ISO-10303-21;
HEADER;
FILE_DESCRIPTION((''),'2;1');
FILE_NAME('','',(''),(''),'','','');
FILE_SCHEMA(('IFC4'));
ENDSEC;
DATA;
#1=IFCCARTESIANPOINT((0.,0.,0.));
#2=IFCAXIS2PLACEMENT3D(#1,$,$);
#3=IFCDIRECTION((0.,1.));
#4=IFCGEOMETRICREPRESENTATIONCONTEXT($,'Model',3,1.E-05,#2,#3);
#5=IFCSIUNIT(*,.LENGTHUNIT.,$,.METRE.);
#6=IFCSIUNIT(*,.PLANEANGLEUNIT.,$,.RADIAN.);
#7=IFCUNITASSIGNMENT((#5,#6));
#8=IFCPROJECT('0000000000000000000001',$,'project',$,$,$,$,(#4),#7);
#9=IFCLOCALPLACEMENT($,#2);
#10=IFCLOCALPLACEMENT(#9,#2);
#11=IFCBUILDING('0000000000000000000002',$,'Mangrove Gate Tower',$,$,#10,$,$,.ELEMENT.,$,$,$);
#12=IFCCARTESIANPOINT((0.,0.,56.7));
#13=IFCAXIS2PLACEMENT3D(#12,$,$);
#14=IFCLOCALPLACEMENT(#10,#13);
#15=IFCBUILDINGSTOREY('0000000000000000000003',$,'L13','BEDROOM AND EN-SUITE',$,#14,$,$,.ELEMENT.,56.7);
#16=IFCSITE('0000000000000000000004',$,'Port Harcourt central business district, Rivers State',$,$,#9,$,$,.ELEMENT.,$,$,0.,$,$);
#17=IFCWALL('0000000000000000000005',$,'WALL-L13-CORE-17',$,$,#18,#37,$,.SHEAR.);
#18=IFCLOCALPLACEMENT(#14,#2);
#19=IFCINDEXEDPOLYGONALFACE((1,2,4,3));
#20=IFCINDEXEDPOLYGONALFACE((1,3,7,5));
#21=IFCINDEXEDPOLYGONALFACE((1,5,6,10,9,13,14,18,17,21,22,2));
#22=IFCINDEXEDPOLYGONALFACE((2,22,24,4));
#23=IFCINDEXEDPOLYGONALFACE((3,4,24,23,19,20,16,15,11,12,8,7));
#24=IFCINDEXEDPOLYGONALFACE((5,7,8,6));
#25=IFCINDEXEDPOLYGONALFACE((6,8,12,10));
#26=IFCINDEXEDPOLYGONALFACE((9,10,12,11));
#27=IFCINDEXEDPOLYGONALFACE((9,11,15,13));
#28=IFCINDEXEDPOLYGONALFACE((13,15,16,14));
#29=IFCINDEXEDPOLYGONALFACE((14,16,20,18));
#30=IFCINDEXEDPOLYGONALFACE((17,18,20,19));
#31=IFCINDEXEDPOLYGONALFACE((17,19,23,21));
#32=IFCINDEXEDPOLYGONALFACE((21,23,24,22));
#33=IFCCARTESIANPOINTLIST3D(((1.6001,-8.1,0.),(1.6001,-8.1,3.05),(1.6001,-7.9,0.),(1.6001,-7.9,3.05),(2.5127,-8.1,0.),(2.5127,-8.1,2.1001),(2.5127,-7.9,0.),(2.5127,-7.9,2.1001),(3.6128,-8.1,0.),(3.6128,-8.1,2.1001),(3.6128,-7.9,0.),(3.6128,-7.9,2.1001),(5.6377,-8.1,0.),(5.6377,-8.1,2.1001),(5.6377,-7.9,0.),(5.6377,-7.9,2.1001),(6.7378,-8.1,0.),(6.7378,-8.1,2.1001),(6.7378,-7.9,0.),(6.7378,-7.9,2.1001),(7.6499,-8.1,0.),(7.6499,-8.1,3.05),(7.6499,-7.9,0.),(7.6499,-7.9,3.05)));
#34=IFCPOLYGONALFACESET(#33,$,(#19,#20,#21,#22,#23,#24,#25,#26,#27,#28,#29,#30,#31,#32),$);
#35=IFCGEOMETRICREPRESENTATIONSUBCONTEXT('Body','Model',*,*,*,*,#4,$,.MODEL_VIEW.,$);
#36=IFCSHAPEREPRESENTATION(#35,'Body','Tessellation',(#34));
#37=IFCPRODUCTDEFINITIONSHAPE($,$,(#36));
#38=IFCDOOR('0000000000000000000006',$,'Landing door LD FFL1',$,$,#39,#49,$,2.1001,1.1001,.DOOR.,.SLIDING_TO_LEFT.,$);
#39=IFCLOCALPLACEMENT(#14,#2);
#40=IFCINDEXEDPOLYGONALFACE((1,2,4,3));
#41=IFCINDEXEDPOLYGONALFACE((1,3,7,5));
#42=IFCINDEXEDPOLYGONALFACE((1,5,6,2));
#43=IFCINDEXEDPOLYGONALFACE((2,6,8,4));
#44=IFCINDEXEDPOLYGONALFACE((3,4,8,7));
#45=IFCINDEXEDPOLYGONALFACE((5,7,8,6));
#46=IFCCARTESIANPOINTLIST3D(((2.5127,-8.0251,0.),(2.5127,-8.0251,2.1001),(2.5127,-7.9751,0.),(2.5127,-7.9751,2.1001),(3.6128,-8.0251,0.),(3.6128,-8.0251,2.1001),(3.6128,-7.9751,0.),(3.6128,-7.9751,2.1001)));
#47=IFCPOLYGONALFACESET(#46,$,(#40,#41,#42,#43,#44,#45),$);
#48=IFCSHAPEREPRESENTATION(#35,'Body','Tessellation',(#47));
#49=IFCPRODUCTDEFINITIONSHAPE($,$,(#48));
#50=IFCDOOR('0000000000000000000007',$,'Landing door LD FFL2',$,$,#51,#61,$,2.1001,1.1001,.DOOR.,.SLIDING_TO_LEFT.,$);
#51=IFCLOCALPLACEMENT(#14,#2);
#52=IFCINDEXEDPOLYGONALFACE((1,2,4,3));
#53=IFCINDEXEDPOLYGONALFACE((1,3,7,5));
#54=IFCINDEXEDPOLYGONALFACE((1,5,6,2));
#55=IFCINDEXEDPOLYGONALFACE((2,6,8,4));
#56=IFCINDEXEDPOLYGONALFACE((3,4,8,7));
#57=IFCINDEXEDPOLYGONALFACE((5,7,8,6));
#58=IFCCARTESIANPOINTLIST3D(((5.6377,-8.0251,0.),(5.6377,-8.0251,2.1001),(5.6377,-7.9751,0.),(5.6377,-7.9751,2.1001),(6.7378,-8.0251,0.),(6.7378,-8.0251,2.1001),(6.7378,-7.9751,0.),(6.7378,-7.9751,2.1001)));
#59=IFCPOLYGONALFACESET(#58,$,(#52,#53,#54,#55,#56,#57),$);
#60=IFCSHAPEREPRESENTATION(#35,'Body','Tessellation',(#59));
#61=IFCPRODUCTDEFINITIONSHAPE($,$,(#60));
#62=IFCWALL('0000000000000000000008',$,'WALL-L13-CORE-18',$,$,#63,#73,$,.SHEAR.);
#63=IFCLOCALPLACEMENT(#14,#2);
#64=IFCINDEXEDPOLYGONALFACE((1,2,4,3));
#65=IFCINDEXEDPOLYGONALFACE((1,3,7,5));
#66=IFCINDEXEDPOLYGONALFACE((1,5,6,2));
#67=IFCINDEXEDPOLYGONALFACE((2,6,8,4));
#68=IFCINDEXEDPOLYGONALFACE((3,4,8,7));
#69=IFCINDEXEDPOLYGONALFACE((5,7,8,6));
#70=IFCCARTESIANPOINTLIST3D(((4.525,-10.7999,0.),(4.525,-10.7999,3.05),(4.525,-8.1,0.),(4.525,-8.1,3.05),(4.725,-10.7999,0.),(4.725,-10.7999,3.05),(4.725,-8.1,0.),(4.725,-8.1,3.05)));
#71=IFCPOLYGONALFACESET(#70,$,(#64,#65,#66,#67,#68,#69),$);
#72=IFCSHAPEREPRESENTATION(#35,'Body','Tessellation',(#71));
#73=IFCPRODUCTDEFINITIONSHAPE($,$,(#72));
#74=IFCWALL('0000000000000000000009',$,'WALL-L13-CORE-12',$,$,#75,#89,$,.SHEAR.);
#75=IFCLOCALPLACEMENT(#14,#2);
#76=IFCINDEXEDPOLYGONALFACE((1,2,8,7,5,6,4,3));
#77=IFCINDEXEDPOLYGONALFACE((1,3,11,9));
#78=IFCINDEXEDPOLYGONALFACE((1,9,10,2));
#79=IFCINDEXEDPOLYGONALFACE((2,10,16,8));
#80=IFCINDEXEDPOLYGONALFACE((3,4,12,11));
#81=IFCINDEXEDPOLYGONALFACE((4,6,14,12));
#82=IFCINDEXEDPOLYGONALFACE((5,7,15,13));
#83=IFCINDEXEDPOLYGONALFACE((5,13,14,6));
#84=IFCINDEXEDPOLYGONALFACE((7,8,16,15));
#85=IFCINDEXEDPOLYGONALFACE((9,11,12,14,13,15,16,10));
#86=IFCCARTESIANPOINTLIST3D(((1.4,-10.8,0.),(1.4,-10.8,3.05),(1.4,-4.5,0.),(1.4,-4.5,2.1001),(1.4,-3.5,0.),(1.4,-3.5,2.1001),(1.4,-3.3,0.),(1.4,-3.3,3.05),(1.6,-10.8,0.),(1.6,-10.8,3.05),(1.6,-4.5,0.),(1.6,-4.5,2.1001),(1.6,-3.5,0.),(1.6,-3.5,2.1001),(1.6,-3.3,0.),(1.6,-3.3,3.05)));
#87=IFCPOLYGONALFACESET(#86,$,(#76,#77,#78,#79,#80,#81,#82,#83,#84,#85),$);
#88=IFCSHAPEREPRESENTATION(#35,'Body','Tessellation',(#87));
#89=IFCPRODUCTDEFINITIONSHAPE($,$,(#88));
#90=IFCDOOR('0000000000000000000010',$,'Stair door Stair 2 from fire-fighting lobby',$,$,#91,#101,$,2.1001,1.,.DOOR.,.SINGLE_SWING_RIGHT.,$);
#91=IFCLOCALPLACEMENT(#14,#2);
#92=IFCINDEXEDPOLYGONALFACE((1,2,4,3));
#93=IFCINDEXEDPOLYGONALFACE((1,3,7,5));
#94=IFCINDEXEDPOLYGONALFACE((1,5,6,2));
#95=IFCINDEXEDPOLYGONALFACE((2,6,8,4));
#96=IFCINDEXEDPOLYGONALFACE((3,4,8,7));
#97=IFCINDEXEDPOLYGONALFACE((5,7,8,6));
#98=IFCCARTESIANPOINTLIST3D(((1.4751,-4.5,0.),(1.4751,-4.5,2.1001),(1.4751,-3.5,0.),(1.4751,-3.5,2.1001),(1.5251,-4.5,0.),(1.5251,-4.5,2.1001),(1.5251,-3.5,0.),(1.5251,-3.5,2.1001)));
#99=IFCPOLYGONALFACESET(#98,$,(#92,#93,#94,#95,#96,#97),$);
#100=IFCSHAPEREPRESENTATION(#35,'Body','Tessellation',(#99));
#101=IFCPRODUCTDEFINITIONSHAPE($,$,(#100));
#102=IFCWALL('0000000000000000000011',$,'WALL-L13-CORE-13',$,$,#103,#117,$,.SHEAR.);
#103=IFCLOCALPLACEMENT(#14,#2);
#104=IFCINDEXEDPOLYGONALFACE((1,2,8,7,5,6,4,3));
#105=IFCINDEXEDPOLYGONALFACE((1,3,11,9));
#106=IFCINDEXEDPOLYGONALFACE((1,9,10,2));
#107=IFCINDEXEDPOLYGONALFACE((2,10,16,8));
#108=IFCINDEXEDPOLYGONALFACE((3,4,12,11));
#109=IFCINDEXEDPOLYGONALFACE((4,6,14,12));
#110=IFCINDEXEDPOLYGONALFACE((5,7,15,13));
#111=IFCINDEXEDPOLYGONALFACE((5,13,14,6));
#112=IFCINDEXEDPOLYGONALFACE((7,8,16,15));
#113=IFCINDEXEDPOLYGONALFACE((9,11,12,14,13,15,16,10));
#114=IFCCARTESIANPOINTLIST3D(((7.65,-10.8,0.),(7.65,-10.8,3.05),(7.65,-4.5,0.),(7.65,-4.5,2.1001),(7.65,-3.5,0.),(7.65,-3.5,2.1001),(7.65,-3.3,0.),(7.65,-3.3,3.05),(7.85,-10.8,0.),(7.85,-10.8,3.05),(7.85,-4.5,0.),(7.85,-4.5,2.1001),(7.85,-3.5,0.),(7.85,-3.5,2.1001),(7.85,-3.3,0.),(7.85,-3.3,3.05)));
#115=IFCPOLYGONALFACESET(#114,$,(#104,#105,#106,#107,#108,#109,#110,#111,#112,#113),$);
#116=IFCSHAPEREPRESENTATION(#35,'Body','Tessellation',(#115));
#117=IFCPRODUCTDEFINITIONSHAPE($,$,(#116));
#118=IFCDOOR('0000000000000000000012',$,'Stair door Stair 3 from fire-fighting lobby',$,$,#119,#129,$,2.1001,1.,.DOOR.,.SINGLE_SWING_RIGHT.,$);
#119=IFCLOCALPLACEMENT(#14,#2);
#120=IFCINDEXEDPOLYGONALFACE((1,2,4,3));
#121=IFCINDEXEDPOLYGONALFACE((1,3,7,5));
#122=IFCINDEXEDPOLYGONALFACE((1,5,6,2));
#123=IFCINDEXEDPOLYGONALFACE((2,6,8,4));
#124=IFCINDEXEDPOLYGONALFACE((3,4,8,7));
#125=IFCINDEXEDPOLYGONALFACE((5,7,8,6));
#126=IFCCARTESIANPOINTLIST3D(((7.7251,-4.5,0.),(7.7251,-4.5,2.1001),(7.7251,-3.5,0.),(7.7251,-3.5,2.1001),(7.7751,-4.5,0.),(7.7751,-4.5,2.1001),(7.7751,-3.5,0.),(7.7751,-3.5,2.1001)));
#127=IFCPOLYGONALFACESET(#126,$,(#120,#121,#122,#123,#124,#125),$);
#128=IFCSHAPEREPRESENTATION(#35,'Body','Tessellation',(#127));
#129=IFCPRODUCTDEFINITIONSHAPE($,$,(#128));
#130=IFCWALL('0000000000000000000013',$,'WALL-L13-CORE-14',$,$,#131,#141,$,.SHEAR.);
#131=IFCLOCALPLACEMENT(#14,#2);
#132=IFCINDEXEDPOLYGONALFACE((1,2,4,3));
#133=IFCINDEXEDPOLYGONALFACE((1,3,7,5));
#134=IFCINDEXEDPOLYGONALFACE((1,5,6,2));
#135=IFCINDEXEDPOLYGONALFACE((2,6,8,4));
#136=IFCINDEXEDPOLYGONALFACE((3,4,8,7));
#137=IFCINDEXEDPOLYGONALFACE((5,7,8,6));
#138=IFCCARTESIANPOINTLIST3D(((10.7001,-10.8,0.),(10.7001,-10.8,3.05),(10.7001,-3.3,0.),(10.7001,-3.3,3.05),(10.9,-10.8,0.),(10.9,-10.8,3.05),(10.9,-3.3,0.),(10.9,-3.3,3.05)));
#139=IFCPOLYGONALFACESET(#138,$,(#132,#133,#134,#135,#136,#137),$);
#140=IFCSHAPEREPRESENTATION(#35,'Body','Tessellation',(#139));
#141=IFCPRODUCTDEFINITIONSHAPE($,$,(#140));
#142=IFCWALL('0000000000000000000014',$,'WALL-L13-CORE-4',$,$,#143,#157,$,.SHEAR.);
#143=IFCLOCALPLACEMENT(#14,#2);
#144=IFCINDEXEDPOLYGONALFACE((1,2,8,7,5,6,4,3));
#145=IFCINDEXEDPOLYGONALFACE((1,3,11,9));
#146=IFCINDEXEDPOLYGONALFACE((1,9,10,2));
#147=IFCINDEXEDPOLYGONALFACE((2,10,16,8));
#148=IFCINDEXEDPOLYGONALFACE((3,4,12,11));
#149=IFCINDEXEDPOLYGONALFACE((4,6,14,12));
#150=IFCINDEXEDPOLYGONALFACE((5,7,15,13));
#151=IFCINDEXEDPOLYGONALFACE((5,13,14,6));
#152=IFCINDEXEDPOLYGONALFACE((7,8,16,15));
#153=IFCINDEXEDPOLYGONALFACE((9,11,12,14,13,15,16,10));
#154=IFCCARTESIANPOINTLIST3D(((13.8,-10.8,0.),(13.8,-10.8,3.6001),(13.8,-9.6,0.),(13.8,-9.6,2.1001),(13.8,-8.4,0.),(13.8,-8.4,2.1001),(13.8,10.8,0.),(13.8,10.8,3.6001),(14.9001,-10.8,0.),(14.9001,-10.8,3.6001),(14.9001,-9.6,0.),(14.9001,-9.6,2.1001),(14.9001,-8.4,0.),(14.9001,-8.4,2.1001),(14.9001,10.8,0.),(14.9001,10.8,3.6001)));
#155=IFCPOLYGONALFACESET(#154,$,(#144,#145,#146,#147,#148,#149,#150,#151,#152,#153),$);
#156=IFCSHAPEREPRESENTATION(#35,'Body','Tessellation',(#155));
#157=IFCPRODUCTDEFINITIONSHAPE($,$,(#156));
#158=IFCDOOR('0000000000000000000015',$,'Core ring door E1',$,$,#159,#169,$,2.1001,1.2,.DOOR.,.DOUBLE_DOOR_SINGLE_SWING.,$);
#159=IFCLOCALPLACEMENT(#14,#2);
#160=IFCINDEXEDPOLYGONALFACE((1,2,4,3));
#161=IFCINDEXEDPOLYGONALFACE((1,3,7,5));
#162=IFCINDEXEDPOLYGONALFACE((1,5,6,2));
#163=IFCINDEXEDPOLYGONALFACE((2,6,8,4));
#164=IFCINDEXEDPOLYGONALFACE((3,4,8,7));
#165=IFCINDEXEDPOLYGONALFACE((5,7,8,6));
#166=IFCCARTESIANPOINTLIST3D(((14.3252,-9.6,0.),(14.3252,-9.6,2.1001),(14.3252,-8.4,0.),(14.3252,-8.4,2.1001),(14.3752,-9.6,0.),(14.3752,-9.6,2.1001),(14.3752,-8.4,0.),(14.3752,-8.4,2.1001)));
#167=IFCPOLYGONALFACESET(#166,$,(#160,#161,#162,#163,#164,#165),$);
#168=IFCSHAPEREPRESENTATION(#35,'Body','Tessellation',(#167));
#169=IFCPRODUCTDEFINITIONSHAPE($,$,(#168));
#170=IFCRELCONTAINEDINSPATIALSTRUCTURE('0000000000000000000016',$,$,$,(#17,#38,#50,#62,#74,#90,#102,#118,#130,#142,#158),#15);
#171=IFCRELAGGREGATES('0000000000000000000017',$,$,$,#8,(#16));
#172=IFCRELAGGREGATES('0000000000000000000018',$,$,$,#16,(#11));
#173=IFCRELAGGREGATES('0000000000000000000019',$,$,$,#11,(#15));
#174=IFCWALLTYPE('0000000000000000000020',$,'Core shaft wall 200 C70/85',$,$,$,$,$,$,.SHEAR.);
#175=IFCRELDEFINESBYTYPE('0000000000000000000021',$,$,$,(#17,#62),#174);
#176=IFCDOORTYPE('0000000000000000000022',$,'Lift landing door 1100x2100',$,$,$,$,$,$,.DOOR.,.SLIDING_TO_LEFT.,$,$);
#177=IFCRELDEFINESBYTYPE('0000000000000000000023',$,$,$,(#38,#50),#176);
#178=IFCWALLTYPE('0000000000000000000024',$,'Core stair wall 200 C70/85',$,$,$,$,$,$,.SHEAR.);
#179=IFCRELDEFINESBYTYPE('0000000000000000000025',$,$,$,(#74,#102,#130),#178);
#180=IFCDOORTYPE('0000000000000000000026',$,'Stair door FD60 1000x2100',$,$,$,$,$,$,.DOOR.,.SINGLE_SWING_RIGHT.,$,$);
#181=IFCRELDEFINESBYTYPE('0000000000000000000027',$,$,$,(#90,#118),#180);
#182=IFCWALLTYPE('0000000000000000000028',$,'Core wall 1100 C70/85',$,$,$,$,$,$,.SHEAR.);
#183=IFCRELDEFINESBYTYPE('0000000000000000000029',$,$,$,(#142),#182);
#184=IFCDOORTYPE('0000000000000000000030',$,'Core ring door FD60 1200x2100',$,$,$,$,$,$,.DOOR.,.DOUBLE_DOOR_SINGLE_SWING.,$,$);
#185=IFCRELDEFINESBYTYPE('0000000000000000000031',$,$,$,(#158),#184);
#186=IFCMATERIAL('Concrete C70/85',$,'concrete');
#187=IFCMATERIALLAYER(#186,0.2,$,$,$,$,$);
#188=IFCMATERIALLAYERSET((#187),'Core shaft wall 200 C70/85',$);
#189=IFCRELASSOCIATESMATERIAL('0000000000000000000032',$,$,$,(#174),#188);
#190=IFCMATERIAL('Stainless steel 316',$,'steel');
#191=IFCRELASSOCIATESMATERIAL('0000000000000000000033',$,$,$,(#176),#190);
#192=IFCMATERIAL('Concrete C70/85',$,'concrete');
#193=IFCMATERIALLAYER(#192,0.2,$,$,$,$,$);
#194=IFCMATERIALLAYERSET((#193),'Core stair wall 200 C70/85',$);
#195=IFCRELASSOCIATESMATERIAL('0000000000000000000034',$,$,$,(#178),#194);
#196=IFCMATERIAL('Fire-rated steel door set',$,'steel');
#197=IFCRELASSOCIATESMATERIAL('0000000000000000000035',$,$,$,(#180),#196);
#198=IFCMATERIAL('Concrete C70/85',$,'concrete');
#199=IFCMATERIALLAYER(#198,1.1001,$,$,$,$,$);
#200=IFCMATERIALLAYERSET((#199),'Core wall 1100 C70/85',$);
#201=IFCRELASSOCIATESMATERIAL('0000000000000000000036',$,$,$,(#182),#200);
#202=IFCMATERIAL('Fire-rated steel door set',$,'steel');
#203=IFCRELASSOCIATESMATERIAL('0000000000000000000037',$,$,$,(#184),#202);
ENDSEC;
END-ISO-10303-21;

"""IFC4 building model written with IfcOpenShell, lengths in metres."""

from ifc_helpers import new_model, si_unit, direction, frame, frame_2d, origin, place, context, subcontext, project, spatial, rectangle, extrude, material, layer, layer_set, type_object, element, fill, save


model = new_model("IFC4")

# Units and contexts
model_context = context("Model", 3, precision=1e-05, world=origin(), true_north=direction((0.0, 1.0)))
body_context = subcontext(model_context, "Body", "Model", "MODEL_VIEW")
ifc_project = project(units=[si_unit("LENGTHUNIT", "METRE"), si_unit("PLANEANGLEUNIT", "RADIAN")], contexts=[model_context])

# Site, building, storey
site_placement = place(None, origin())
site = spatial("IfcSite", under=ifc_project, at=site_placement, Name="Port Harcourt central business district, Rivers State", CompositionType="ELEMENT", RefElevation=0.0)
building_placement = place(site_placement, origin())
building = spatial("IfcBuilding", under=site, at=building_placement, Name="Mangrove Gate Tower", CompositionType="ELEMENT")
storey_placement = place(building_placement, frame((0.0, 0.0, 56.7)))
storey = spatial("IfcBuildingStorey", under=building, at=storey_placement, Name="L13", Description="BEDROOM AND EN-SUITE", CompositionType="ELEMENT", Elevation=56.7)

# Wall, openings, doors
ifc_material_1 = material(Name="Concrete C70/85", Category="concrete")
ifc_layer_1 = layer(ifc_material_1, 0.2)
ifc_layer_set_1 = layer_set([ifc_layer_1], Name="Core shaft wall 200 C70/85")
wall_type_1 = type_object("IfcWallType", Name="Core shaft wall 200 C70/85", PredefinedType="SHEAR", material=ifc_layer_set_1)
wall_1_placement = place(storey_placement, frame((1.6001, -8.0, 0.0), z_axis=(0.0, 0.0, 1.0), x_axis=(1.0, 0.0, 0.0)))
wall_1 = element("IfcWall", 1, at=wall_1_placement, inside=storey, type_object=wall_type_1, Name="WALL-L13-CORE-17", PredefinedType="SHEAR", context=body_context, shape_type="SweptSolid", body=[
    extrude(rectangle(XDim=6.0498, YDim=0.2, at=frame_2d((3.0249, 0.0))), origin(), (0.0, 0.0, 1.0), 3.05),
])
opening_1_placement = place(wall_1_placement, frame((0.9126, 0.0, 0.0)))
opening_1 = element("IfcOpeningElement", 2, at=opening_1_placement, cuts=wall_1, PredefinedType="OPENING", context=body_context, shape_type="SweptSolid", body=[
    extrude(rectangle(XDim=1.1001, YDim=2.1001, at=frame_2d((0.55, 1.05))), frame((0.0, 0.1099, 0.0), z_axis=(0.0, -1.0, 0.0), x_axis=(1.0, 0.0, 0.0)), (0.0, 0.0, 1.0), 0.22),
])
opening_2_placement = place(wall_1_placement, frame((4.0376, 0.0, 0.0)))
opening_2 = element("IfcOpeningElement", 3, at=opening_2_placement, cuts=wall_1, PredefinedType="OPENING", context=body_context, shape_type="SweptSolid", body=[
    extrude(rectangle(XDim=1.1001, YDim=2.1001, at=frame_2d((0.55, 1.05))), frame((0.0, 0.1099, 0.0), z_axis=(0.0, -1.0, 0.0), x_axis=(1.0, 0.0, 0.0)), (0.0, 0.0, 1.0), 0.22),
])
ifc_material_2 = material(Name="Stainless steel 316", Category="steel")
door_type_1 = type_object("IfcDoorType", Name="Lift landing door 1100x2100", OperationType="SLIDING_TO_LEFT", PredefinedType="DOOR", material=ifc_material_2)
door_1_placement = place(opening_1_placement, origin())
door_1 = element("IfcDoor", 4, at=door_1_placement, inside=storey, type_object=door_type_1, Name="Landing door LD FFL1", OperationType="SLIDING_TO_LEFT", OverallHeight=2.1001, OverallWidth=1.1001, PredefinedType="DOOR", context=body_context, shape_type="SweptSolid", body=[
    extrude(rectangle(XDim=1.1001, YDim=2.1001, at=frame_2d((0.55, 1.05))), frame((0.0, 0.0249, 0.0), z_axis=(0.0, -1.0, 0.0), x_axis=(1.0, 0.0, 0.0)), (0.0, 0.0, 1.0), 0.05),
])
fill(opening_1, door_1)
door_2_placement = place(opening_2_placement, origin())
door_2 = element("IfcDoor", 5, at=door_2_placement, inside=storey, type_object=door_type_1, Name="Landing door LD FFL2", OperationType="SLIDING_TO_LEFT", OverallHeight=2.1001, OverallWidth=1.1001, PredefinedType="DOOR", context=body_context, shape_type="SweptSolid", body=[
    extrude(rectangle(XDim=1.1001, YDim=2.1001, at=frame_2d((0.55, 1.05))), frame((0.0, 0.0249, 0.0), z_axis=(0.0, -1.0, 0.0), x_axis=(1.0, 0.0, 0.0)), (0.0, 0.0, 1.0), 0.05),
])
fill(opening_2, door_2)

# Wall
wall_2_placement = place(storey_placement, frame((4.625, -10.8, 0.0), z_axis=(0.0, 0.0, 1.0), x_axis=(0.0, 1.0, 0.0)))
element("IfcWall", 6, at=wall_2_placement, inside=storey, type_object=wall_type_1, Name="WALL-L13-CORE-18", PredefinedType="SHEAR", context=body_context, shape_type="SweptSolid", body=[
    extrude(rectangle(XDim=2.7, YDim=0.2, at=frame_2d((1.3501, 0.0))), origin(), (0.0, 0.0, 1.0), 3.05),
])

# Walls, openings, doors
ifc_material_3 = material(Name="Concrete C70/85", Category="concrete")
ifc_layer_2 = layer(ifc_material_3, 0.2)
ifc_layer_set_2 = layer_set([ifc_layer_2], Name="Core stair wall 200 C70/85")
wall_type_2 = type_object("IfcWallType", Name="Core stair wall 200 C70/85", PredefinedType="SHEAR", material=ifc_layer_set_2)
wall_3_placement = place(storey_placement, frame((1.5, -10.8, 0.0), z_axis=(0.0, 0.0, 1.0), x_axis=(0.0, 1.0, 0.0)))
wall_3 = element("IfcWall", 7, at=wall_3_placement, inside=storey, type_object=wall_type_2, Name="WALL-L13-CORE-12", PredefinedType="SHEAR", context=body_context, shape_type="SweptSolid", body=[
    extrude(rectangle(XDim=7.5, YDim=0.2, at=frame_2d((3.75, 0.0))), origin(), (0.0, 0.0, 1.0), 3.05),
])
opening_3_placement = place(wall_3_placement, frame((6.3, 0.0, 0.0)))
opening_3 = element("IfcOpeningElement", 8, at=opening_3_placement, cuts=wall_3, PredefinedType="OPENING", context=body_context, shape_type="SweptSolid", body=[
    extrude(rectangle(XDim=1.0, YDim=2.1001, at=frame_2d((0.5, 1.05))), frame((0.0, 0.1099, 0.0), z_axis=(0.0, -1.0, 0.0), x_axis=(1.0, 0.0, 0.0)), (0.0, 0.0, 1.0), 0.22),
])
ifc_material_4 = material(Name="Fire-rated steel door set", Category="steel")
door_type_2 = type_object("IfcDoorType", Name="Stair door FD60 1000x2100", OperationType="SINGLE_SWING_RIGHT", PredefinedType="DOOR", material=ifc_material_4)
door_3_placement = place(opening_3_placement, origin())
door_3 = element("IfcDoor", 9, at=door_3_placement, inside=storey, type_object=door_type_2, Name="Stair door Stair 2 from fire-fighting lobby", OperationType="SINGLE_SWING_RIGHT", OverallHeight=2.1001, OverallWidth=1.0, PredefinedType="DOOR", context=body_context, shape_type="SweptSolid", body=[
    extrude(rectangle(XDim=1.0, YDim=2.1001, at=frame_2d((0.5, 1.05))), frame((0.0, 0.0249, 0.0), z_axis=(0.0, -1.0, 0.0), x_axis=(1.0, 0.0, 0.0)), (0.0, 0.0, 1.0), 0.05),
])
fill(opening_3, door_3)
wall_4_placement = place(storey_placement, frame((7.75, -10.8, 0.0), z_axis=(0.0, 0.0, 1.0), x_axis=(0.0, 1.0, 0.0)))
wall_4 = element("IfcWall", 10, at=wall_4_placement, inside=storey, type_object=wall_type_2, Name="WALL-L13-CORE-13", PredefinedType="SHEAR", context=body_context, shape_type="SweptSolid", body=[
    extrude(rectangle(XDim=7.5, YDim=0.2, at=frame_2d((3.75, 0.0))), origin(), (0.0, 0.0, 1.0), 3.05),
])
opening_4_placement = place(wall_4_placement, frame((6.3, 0.0, 0.0)))
opening_4 = element("IfcOpeningElement", 11, at=opening_4_placement, cuts=wall_4, PredefinedType="OPENING", context=body_context, shape_type="SweptSolid", body=[
    extrude(rectangle(XDim=1.0, YDim=2.1001, at=frame_2d((0.5, 1.05))), frame((0.0, 0.1099, 0.0), z_axis=(0.0, -1.0, 0.0), x_axis=(1.0, 0.0, 0.0)), (0.0, 0.0, 1.0), 0.22),
])
door_4_placement = place(opening_4_placement, origin())
door_4 = element("IfcDoor", 12, at=door_4_placement, inside=storey, type_object=door_type_2, Name="Stair door Stair 3 from fire-fighting lobby", OperationType="SINGLE_SWING_RIGHT", OverallHeight=2.1001, OverallWidth=1.0, PredefinedType="DOOR", context=body_context, shape_type="SweptSolid", body=[
    extrude(rectangle(XDim=1.0, YDim=2.1001, at=frame_2d((0.5, 1.05))), frame((0.0, 0.0249, 0.0), z_axis=(0.0, -1.0, 0.0), x_axis=(1.0, 0.0, 0.0)), (0.0, 0.0, 1.0), 0.05),
])
fill(opening_4, door_4)

# Wall
wall_5_placement = place(storey_placement, frame((10.8, -10.8, 0.0), z_axis=(0.0, 0.0, 1.0), x_axis=(0.0, 1.0, 0.0)))
element("IfcWall", 13, at=wall_5_placement, inside=storey, type_object=wall_type_2, Name="WALL-L13-CORE-14", PredefinedType="SHEAR", context=body_context, shape_type="SweptSolid", body=[
    extrude(rectangle(XDim=7.5, YDim=0.2, at=frame_2d((3.75, 0.0))), origin(), (0.0, 0.0, 1.0), 3.05),
])

# Wall, opening, door
ifc_material_5 = material(Name="Concrete C70/85", Category="concrete")
ifc_layer_3 = layer(ifc_material_5, 1.1001)
ifc_layer_set_3 = layer_set([ifc_layer_3], Name="Core wall 1100 C70/85")
wall_type_3 = type_object("IfcWallType", Name="Core wall 1100 C70/85", PredefinedType="SHEAR", material=ifc_layer_set_3)
wall_6_placement = place(storey_placement, frame((14.3501, -10.8, 0.0), z_axis=(0.0, 0.0, 1.0), x_axis=(0.0, 1.0, 0.0)))
wall_6 = element("IfcWall", 14, at=wall_6_placement, inside=storey, type_object=wall_type_3, Name="WALL-L13-CORE-4", PredefinedType="SHEAR", context=body_context, shape_type="SweptSolid", body=[
    extrude(rectangle(XDim=21.6001, YDim=1.1001, at=frame_2d((10.8, 0.0))), origin(), (0.0, 0.0, 1.0), 3.6001),
])
opening_5_placement = place(wall_6_placement, frame((1.2, 0.0, 0.0)))
opening_5 = element("IfcOpeningElement", 15, at=opening_5_placement, cuts=wall_6, PredefinedType="OPENING", context=body_context, shape_type="SweptSolid", body=[
    extrude(rectangle(XDim=1.2, YDim=2.1001, at=frame_2d((0.6001, 1.05))), frame((0.0, 0.5601, 0.0), z_axis=(0.0, -1.0, 0.0), x_axis=(1.0, 0.0, 0.0)), (0.0, 0.0, 1.0), 1.1201),
])
ifc_material_6 = material(Name="Fire-rated steel door set", Category="steel")
door_type_3 = type_object("IfcDoorType", Name="Core ring door FD60 1200x2100", OperationType="DOUBLE_DOOR_SINGLE_SWING", PredefinedType="DOOR", material=ifc_material_6)
door_5_placement = place(opening_5_placement, origin())
door_5 = element("IfcDoor", 16, at=door_5_placement, inside=storey, type_object=door_type_3, Name="Core ring door E1", OperationType="DOUBLE_DOOR_SINGLE_SWING", OverallHeight=2.1001, OverallWidth=1.2, PredefinedType="DOOR", context=body_context, shape_type="SweptSolid", body=[
    extrude(rectangle(XDim=1.2, YDim=2.1001, at=frame_2d((0.6001, 1.05))), frame((0.0, 0.0249, 0.0), z_axis=(0.0, -1.0, 0.0), x_axis=(1.0, 0.0, 0.0)), (0.0, 0.0, 1.0), 0.05),
])
fill(opening_5, door_5)

save(model, "model.ifc")
